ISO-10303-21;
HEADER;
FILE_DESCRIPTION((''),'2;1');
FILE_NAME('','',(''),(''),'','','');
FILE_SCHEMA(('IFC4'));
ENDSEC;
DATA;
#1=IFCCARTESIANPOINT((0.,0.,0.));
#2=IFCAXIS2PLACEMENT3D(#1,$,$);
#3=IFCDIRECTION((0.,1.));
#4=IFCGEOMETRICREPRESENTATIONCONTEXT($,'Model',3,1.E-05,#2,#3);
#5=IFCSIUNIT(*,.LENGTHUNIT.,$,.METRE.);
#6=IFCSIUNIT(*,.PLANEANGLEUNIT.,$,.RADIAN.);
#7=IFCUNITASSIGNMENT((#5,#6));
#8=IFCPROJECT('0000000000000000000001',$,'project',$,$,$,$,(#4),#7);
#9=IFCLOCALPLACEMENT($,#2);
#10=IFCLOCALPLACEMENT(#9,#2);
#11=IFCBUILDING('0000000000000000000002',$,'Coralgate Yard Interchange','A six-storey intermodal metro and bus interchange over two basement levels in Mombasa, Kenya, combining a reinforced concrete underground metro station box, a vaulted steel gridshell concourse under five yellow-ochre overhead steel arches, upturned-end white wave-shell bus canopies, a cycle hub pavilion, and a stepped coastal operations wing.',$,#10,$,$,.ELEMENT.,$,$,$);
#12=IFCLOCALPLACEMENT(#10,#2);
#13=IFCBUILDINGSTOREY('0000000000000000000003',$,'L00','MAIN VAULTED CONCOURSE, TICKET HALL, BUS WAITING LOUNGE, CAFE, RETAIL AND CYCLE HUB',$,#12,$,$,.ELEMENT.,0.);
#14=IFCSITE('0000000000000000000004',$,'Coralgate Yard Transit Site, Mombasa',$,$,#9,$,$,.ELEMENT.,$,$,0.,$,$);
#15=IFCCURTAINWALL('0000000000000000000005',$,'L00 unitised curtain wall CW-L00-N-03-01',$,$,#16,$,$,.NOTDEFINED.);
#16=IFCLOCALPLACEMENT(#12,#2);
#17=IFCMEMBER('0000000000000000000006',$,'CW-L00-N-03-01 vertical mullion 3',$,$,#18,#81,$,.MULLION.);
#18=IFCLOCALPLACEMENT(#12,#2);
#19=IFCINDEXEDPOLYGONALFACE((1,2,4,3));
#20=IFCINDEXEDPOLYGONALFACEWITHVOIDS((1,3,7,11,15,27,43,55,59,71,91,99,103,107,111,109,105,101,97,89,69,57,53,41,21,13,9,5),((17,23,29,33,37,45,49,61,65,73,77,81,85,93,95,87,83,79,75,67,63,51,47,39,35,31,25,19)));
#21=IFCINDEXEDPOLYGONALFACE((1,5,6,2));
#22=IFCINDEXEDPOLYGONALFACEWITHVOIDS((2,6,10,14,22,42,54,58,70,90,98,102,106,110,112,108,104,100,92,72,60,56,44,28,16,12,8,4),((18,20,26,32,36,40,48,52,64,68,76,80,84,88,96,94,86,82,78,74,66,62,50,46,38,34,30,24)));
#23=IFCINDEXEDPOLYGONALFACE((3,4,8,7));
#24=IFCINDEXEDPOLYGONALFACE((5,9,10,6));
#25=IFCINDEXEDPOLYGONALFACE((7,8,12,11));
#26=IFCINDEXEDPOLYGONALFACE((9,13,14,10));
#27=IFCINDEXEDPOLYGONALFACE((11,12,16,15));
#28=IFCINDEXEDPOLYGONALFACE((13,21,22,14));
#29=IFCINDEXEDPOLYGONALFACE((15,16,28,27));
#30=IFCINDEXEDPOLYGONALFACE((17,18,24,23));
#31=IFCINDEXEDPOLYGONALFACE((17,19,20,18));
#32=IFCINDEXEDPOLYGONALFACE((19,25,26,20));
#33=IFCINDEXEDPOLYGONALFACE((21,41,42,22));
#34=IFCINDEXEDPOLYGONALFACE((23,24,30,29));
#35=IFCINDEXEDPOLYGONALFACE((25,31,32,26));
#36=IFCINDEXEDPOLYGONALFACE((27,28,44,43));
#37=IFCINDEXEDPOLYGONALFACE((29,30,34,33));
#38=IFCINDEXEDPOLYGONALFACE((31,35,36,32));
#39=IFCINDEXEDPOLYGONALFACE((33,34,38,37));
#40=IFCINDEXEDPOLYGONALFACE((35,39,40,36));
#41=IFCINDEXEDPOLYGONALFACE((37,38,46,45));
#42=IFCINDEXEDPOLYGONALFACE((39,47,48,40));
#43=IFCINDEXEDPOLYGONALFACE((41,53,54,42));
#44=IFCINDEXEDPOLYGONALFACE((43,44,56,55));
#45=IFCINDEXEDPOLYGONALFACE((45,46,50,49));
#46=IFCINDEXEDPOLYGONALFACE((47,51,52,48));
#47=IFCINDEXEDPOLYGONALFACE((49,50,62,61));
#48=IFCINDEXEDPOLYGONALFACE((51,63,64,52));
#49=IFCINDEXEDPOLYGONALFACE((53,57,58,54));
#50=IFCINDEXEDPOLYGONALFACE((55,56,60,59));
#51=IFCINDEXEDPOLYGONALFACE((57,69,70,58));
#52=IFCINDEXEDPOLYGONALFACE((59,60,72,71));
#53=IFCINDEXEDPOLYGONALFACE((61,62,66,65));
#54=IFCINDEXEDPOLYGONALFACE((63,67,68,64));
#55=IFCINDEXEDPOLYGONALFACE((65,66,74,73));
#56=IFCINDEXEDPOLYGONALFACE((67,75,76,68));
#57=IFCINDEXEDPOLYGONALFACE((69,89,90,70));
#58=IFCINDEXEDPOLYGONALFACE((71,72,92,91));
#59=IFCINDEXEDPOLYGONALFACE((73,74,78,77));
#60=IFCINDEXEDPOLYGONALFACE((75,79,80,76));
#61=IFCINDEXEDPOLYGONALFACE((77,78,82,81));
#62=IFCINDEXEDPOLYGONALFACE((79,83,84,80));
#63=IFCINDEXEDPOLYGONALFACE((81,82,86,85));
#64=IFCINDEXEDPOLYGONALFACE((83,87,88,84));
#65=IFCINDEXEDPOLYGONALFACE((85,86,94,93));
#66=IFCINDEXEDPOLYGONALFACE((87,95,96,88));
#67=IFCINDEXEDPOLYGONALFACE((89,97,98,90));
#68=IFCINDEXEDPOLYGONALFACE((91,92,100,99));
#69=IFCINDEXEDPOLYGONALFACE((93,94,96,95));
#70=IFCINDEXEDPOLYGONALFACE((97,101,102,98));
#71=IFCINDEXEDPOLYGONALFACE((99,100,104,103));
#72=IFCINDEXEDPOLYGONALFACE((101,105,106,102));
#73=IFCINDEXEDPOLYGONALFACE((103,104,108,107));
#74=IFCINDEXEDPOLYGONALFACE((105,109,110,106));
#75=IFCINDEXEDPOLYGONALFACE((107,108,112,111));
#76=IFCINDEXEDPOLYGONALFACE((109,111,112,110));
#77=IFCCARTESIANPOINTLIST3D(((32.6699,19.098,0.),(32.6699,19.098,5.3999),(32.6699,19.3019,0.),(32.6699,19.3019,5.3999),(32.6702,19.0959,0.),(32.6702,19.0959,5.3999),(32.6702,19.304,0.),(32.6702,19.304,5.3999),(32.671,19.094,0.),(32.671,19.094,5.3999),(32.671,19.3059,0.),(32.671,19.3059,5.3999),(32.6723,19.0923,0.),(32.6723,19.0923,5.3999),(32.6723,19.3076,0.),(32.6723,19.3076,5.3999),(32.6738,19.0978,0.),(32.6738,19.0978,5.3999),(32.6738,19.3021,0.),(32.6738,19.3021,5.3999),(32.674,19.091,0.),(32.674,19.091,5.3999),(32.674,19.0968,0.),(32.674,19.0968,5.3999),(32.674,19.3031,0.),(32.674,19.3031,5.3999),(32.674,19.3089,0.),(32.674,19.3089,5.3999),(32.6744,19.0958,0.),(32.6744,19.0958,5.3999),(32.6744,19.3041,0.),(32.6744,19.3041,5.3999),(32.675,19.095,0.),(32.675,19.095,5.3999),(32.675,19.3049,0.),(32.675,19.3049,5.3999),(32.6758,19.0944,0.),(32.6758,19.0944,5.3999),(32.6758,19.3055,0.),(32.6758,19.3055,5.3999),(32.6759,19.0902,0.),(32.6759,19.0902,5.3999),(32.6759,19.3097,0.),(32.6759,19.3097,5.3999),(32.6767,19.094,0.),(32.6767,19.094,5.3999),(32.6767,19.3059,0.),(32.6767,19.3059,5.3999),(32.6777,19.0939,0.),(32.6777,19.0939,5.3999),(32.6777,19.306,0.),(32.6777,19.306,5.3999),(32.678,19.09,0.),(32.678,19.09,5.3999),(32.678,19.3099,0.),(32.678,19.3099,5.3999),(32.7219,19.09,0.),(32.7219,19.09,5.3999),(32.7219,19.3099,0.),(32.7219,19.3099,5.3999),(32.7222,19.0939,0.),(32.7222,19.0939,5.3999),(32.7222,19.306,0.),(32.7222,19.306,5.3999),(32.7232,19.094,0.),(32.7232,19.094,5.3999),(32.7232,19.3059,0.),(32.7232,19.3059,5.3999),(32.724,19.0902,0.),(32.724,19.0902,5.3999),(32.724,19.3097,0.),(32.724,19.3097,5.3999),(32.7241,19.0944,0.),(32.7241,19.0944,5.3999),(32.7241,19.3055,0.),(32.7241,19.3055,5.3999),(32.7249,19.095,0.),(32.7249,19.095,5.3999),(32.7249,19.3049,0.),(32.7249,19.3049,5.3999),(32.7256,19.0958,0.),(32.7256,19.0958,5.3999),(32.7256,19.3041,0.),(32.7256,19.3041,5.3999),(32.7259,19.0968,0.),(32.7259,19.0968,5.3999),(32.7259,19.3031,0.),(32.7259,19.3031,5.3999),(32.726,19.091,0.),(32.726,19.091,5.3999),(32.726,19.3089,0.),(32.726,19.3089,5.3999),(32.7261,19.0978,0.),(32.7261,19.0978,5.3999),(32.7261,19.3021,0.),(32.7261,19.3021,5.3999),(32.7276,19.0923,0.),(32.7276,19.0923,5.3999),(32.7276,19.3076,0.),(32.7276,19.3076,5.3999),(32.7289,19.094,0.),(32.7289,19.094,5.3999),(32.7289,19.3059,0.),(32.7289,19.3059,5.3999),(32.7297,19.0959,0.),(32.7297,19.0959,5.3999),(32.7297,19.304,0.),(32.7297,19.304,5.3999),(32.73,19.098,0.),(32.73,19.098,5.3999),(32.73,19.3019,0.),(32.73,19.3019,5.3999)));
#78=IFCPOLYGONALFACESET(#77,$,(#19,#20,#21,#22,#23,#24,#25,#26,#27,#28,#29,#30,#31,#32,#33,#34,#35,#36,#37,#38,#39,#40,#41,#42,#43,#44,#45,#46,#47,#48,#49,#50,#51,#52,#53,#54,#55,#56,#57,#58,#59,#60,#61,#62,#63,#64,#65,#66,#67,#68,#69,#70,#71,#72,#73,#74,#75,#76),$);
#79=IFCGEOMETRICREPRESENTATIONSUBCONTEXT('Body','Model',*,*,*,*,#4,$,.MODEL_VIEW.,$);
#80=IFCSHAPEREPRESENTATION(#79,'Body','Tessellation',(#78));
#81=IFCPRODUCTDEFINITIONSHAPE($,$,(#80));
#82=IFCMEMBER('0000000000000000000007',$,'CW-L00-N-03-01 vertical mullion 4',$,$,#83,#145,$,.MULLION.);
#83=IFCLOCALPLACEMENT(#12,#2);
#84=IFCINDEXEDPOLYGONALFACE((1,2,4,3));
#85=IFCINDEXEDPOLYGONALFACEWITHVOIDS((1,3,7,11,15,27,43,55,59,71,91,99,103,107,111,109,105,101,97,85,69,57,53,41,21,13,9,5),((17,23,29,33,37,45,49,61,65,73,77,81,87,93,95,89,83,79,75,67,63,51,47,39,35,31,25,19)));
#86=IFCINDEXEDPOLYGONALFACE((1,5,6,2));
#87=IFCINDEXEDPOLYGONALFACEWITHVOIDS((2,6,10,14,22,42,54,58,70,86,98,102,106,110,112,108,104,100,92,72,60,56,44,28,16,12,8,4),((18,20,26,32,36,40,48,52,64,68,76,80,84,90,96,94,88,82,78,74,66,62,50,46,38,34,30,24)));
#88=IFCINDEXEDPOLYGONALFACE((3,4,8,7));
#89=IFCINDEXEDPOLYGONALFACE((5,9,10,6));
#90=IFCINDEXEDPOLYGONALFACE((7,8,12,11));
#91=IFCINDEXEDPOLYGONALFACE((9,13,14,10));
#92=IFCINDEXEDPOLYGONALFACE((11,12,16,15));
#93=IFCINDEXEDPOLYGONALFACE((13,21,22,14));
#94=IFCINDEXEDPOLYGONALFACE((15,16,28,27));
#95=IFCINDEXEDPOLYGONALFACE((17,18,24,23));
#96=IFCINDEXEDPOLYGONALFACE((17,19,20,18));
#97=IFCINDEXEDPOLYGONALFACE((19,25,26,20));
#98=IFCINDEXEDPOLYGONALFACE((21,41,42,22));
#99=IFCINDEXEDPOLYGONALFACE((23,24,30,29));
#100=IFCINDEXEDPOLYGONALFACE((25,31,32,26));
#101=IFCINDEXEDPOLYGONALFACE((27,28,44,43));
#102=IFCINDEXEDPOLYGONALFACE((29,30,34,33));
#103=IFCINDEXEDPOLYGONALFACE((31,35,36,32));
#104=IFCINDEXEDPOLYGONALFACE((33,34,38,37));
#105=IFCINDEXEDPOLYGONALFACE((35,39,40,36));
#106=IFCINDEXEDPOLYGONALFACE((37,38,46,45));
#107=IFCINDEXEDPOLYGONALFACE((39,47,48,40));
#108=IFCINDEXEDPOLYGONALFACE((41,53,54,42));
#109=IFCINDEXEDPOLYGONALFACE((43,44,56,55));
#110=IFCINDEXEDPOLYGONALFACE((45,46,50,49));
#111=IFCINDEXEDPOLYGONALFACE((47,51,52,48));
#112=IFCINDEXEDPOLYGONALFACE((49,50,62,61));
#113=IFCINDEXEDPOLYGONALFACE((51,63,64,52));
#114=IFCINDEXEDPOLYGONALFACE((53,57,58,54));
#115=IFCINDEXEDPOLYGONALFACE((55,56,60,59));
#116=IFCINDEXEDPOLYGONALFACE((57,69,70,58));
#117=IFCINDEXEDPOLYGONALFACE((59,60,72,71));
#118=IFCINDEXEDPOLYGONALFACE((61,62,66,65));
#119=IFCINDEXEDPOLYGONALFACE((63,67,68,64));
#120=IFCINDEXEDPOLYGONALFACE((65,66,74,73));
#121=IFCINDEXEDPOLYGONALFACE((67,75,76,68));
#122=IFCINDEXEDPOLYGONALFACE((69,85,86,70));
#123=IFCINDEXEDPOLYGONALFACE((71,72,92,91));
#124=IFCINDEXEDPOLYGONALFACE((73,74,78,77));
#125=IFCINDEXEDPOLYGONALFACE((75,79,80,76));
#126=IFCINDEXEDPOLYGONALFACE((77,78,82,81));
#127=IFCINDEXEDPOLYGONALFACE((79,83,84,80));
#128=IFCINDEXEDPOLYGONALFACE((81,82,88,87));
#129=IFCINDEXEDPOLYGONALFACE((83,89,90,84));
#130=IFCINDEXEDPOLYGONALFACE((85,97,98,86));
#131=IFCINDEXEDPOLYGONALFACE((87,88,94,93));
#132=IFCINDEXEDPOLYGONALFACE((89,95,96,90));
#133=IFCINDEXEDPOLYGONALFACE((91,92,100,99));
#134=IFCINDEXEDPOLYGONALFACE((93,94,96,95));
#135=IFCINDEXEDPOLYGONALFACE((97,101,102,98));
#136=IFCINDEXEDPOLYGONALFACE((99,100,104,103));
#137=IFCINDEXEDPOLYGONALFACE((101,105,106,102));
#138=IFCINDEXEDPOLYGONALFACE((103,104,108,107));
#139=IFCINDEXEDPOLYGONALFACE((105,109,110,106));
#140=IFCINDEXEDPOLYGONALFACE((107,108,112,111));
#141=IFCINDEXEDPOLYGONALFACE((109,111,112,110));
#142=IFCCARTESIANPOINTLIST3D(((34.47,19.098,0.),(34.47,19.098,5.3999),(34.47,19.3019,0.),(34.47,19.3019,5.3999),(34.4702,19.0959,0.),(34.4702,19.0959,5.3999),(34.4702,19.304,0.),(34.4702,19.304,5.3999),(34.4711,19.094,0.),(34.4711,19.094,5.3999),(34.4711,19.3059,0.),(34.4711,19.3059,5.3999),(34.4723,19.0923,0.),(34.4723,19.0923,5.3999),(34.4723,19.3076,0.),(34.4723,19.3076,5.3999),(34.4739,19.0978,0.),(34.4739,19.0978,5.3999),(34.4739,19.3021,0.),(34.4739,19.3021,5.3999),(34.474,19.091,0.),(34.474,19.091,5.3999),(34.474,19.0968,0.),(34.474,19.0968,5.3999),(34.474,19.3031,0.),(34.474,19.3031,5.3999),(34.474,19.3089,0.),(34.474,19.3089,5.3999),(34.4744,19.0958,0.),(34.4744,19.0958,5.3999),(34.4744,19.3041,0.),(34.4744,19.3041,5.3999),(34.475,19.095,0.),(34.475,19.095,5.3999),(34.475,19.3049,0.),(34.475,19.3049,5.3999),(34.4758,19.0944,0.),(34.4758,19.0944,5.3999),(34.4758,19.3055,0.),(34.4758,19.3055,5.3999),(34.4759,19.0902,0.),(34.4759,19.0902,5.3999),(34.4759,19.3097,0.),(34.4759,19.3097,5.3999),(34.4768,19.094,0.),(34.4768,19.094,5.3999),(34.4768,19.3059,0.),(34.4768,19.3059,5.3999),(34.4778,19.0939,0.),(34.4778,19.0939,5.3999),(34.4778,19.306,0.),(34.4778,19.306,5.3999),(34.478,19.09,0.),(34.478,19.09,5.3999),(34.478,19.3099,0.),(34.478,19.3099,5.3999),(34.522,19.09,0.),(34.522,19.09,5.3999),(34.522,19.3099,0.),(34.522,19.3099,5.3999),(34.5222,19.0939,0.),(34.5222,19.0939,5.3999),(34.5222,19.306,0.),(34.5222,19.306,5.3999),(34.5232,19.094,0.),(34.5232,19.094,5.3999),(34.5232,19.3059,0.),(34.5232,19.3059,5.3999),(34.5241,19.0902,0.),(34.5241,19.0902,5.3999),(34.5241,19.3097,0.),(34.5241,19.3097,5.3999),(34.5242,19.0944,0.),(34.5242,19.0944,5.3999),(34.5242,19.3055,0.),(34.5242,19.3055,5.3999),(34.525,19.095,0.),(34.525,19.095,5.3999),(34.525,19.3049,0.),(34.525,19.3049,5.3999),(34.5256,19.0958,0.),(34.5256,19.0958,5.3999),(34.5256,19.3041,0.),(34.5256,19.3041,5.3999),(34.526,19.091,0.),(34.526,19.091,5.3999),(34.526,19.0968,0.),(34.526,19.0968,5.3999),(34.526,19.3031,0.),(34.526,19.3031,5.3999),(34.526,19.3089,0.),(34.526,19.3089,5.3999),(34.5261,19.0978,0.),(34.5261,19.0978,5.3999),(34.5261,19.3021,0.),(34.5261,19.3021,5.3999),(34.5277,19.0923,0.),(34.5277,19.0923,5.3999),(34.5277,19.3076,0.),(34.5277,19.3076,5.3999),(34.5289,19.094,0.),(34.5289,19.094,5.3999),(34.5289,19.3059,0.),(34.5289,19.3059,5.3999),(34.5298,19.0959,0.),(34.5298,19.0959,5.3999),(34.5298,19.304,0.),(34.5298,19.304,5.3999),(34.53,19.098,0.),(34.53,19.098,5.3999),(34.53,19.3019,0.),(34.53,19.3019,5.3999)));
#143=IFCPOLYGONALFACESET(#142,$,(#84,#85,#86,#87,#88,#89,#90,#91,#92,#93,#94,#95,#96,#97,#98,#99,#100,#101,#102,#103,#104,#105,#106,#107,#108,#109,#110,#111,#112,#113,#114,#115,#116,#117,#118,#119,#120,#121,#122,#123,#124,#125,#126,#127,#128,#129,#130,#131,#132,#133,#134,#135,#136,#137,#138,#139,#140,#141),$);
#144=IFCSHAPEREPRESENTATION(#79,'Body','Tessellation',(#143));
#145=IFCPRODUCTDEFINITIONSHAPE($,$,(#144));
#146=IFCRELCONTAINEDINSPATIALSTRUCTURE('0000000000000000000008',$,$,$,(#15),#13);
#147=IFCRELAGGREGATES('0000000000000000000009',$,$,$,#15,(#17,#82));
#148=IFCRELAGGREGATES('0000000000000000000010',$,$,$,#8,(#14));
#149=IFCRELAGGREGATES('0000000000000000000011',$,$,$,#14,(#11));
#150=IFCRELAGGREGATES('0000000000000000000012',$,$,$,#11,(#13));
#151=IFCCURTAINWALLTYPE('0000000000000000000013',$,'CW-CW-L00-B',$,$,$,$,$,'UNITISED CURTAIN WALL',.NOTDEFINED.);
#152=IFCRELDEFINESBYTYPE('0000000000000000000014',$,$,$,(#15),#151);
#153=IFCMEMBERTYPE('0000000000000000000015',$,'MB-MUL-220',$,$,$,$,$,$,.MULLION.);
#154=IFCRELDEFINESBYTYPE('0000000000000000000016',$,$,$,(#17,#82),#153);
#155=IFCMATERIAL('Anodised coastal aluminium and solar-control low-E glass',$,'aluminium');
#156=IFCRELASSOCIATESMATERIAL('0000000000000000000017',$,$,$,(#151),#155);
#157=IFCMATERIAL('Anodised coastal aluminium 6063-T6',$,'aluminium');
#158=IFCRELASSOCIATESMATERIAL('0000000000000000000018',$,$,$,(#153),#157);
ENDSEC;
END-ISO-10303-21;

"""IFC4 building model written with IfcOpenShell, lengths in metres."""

from ifc_helpers import new_model, si_unit, direction, frame, origin, origin_2d, place, context, subcontext, project, spatial, hollow_rectangle, extrude, material, material_profile, profile_set, type_object, element, aggregate, save


model = new_model("IFC4")

# Units and contexts
model_context = context("Model", 3, precision=1e-05, world=origin(), true_north=direction((0.0, 1.0)))
body_context = subcontext(model_context, "Body", "Model", "MODEL_VIEW")
ifc_project = project(units=[si_unit("LENGTHUNIT", "METRE"), si_unit("PLANEANGLEUNIT", "RADIAN")], contexts=[model_context])

# Site, building, storey
site_placement = place(None, origin())
site = spatial("IfcSite", under=ifc_project, at=site_placement, Name="Coralgate Yard Transit Site, Mombasa", CompositionType="ELEMENT", RefElevation=0.0)
building_placement = place(site_placement, origin())
building = spatial("IfcBuilding", under=site, at=building_placement, Name="Coralgate Yard Interchange", Description="A six-storey intermodal metro and bus interchange over two basement levels in Mombasa, Kenya, combining a reinforced concrete underground metro station box, a vaulted steel gridshell concourse under five yellow-ochre overhead steel arches, upturned-end white wave-shell bus canopies, a cycle hub pavilion, and a stepped coastal operations wing.", CompositionType="ELEMENT")
storey_placement = place(building_placement, origin())
storey = spatial("IfcBuildingStorey", under=building, at=storey_placement, Name="L00", Description="MAIN VAULTED CONCOURSE, TICKET HALL, BUS WAITING LOUNGE, CAFE, RETAIL AND CYCLE HUB", CompositionType="ELEMENT", Elevation=0.0)

# Curtain wall, members
ifc_material_1 = material(Name="Anodised coastal aluminium and solar-control low-E glass", Category="aluminium")
curtain_wall_type = type_object("IfcCurtainWallType", Name="CW-CW-L00-B", ElementType="UNITISED CURTAIN WALL", PredefinedType="NOTDEFINED", material=ifc_material_1)
curtain_wall_placement = place(storey_placement, origin())
curtain_wall = element("IfcCurtainWall", 1, at=curtain_wall_placement, inside=storey, type_object=curtain_wall_type, Name="L00 unitised curtain wall CW-L00-N-03-01", PredefinedType="NOTDEFINED")
ifc_material_2 = material(Name="Anodised coastal aluminium 6063-T6", Category="aluminium")
ifc_material_profile_1 = material_profile(ifc_material_2, hollow_rectangle(XDim=0.0601, YDim=0.22, WallThickness=0.0039, InnerFilletRadius=0.0039, OuterFilletRadius=0.0081, at=origin_2d()), Name="ALU 60x220x4")
ifc_profile_set_1 = profile_set([ifc_material_profile_1], Name="Anodised coastal aluminium 6063-T6")
member_type_1 = type_object("IfcMemberType", Name="MB-MUL-220", PredefinedType="MULLION", material=ifc_profile_set_1)
member_1_placement = place(storey_placement, frame((32.7, 19.2, 0.0), z_axis=(0.0, 0.0, 1.0), x_axis=(1.0, 0.0, 0.0)))
member_1 = element("IfcMember", 2, at=member_1_placement, type_object=member_type_1, Name="CW-L00-N-03-01 vertical mullion 3", PredefinedType="MULLION", context=body_context, shape_type="SweptSolid", body=[
    extrude(hollow_rectangle(XDim=0.0601, YDim=0.22, WallThickness=0.0039, InnerFilletRadius=0.0039, OuterFilletRadius=0.0081, at=origin_2d()), origin(), (0.0, 0.0, 1.0), 5.3999),
])
member_2_placement = place(storey_placement, frame((34.5, 19.2, 0.0), z_axis=(0.0, 0.0, 1.0), x_axis=(1.0, 0.0, 0.0)))
member_2 = element("IfcMember", 3, at=member_2_placement, type_object=member_type_1, Name="CW-L00-N-03-01 vertical mullion 4", PredefinedType="MULLION", context=body_context, shape_type="SweptSolid", body=[
    extrude(hollow_rectangle(XDim=0.0601, YDim=0.22, WallThickness=0.0039, InnerFilletRadius=0.0039, OuterFilletRadius=0.0081, at=origin_2d()), origin(), (0.0, 0.0, 1.0), 5.3999),
])
aggregate(curtain_wall, [member_1, member_2])

save(model, "model.ifc")
